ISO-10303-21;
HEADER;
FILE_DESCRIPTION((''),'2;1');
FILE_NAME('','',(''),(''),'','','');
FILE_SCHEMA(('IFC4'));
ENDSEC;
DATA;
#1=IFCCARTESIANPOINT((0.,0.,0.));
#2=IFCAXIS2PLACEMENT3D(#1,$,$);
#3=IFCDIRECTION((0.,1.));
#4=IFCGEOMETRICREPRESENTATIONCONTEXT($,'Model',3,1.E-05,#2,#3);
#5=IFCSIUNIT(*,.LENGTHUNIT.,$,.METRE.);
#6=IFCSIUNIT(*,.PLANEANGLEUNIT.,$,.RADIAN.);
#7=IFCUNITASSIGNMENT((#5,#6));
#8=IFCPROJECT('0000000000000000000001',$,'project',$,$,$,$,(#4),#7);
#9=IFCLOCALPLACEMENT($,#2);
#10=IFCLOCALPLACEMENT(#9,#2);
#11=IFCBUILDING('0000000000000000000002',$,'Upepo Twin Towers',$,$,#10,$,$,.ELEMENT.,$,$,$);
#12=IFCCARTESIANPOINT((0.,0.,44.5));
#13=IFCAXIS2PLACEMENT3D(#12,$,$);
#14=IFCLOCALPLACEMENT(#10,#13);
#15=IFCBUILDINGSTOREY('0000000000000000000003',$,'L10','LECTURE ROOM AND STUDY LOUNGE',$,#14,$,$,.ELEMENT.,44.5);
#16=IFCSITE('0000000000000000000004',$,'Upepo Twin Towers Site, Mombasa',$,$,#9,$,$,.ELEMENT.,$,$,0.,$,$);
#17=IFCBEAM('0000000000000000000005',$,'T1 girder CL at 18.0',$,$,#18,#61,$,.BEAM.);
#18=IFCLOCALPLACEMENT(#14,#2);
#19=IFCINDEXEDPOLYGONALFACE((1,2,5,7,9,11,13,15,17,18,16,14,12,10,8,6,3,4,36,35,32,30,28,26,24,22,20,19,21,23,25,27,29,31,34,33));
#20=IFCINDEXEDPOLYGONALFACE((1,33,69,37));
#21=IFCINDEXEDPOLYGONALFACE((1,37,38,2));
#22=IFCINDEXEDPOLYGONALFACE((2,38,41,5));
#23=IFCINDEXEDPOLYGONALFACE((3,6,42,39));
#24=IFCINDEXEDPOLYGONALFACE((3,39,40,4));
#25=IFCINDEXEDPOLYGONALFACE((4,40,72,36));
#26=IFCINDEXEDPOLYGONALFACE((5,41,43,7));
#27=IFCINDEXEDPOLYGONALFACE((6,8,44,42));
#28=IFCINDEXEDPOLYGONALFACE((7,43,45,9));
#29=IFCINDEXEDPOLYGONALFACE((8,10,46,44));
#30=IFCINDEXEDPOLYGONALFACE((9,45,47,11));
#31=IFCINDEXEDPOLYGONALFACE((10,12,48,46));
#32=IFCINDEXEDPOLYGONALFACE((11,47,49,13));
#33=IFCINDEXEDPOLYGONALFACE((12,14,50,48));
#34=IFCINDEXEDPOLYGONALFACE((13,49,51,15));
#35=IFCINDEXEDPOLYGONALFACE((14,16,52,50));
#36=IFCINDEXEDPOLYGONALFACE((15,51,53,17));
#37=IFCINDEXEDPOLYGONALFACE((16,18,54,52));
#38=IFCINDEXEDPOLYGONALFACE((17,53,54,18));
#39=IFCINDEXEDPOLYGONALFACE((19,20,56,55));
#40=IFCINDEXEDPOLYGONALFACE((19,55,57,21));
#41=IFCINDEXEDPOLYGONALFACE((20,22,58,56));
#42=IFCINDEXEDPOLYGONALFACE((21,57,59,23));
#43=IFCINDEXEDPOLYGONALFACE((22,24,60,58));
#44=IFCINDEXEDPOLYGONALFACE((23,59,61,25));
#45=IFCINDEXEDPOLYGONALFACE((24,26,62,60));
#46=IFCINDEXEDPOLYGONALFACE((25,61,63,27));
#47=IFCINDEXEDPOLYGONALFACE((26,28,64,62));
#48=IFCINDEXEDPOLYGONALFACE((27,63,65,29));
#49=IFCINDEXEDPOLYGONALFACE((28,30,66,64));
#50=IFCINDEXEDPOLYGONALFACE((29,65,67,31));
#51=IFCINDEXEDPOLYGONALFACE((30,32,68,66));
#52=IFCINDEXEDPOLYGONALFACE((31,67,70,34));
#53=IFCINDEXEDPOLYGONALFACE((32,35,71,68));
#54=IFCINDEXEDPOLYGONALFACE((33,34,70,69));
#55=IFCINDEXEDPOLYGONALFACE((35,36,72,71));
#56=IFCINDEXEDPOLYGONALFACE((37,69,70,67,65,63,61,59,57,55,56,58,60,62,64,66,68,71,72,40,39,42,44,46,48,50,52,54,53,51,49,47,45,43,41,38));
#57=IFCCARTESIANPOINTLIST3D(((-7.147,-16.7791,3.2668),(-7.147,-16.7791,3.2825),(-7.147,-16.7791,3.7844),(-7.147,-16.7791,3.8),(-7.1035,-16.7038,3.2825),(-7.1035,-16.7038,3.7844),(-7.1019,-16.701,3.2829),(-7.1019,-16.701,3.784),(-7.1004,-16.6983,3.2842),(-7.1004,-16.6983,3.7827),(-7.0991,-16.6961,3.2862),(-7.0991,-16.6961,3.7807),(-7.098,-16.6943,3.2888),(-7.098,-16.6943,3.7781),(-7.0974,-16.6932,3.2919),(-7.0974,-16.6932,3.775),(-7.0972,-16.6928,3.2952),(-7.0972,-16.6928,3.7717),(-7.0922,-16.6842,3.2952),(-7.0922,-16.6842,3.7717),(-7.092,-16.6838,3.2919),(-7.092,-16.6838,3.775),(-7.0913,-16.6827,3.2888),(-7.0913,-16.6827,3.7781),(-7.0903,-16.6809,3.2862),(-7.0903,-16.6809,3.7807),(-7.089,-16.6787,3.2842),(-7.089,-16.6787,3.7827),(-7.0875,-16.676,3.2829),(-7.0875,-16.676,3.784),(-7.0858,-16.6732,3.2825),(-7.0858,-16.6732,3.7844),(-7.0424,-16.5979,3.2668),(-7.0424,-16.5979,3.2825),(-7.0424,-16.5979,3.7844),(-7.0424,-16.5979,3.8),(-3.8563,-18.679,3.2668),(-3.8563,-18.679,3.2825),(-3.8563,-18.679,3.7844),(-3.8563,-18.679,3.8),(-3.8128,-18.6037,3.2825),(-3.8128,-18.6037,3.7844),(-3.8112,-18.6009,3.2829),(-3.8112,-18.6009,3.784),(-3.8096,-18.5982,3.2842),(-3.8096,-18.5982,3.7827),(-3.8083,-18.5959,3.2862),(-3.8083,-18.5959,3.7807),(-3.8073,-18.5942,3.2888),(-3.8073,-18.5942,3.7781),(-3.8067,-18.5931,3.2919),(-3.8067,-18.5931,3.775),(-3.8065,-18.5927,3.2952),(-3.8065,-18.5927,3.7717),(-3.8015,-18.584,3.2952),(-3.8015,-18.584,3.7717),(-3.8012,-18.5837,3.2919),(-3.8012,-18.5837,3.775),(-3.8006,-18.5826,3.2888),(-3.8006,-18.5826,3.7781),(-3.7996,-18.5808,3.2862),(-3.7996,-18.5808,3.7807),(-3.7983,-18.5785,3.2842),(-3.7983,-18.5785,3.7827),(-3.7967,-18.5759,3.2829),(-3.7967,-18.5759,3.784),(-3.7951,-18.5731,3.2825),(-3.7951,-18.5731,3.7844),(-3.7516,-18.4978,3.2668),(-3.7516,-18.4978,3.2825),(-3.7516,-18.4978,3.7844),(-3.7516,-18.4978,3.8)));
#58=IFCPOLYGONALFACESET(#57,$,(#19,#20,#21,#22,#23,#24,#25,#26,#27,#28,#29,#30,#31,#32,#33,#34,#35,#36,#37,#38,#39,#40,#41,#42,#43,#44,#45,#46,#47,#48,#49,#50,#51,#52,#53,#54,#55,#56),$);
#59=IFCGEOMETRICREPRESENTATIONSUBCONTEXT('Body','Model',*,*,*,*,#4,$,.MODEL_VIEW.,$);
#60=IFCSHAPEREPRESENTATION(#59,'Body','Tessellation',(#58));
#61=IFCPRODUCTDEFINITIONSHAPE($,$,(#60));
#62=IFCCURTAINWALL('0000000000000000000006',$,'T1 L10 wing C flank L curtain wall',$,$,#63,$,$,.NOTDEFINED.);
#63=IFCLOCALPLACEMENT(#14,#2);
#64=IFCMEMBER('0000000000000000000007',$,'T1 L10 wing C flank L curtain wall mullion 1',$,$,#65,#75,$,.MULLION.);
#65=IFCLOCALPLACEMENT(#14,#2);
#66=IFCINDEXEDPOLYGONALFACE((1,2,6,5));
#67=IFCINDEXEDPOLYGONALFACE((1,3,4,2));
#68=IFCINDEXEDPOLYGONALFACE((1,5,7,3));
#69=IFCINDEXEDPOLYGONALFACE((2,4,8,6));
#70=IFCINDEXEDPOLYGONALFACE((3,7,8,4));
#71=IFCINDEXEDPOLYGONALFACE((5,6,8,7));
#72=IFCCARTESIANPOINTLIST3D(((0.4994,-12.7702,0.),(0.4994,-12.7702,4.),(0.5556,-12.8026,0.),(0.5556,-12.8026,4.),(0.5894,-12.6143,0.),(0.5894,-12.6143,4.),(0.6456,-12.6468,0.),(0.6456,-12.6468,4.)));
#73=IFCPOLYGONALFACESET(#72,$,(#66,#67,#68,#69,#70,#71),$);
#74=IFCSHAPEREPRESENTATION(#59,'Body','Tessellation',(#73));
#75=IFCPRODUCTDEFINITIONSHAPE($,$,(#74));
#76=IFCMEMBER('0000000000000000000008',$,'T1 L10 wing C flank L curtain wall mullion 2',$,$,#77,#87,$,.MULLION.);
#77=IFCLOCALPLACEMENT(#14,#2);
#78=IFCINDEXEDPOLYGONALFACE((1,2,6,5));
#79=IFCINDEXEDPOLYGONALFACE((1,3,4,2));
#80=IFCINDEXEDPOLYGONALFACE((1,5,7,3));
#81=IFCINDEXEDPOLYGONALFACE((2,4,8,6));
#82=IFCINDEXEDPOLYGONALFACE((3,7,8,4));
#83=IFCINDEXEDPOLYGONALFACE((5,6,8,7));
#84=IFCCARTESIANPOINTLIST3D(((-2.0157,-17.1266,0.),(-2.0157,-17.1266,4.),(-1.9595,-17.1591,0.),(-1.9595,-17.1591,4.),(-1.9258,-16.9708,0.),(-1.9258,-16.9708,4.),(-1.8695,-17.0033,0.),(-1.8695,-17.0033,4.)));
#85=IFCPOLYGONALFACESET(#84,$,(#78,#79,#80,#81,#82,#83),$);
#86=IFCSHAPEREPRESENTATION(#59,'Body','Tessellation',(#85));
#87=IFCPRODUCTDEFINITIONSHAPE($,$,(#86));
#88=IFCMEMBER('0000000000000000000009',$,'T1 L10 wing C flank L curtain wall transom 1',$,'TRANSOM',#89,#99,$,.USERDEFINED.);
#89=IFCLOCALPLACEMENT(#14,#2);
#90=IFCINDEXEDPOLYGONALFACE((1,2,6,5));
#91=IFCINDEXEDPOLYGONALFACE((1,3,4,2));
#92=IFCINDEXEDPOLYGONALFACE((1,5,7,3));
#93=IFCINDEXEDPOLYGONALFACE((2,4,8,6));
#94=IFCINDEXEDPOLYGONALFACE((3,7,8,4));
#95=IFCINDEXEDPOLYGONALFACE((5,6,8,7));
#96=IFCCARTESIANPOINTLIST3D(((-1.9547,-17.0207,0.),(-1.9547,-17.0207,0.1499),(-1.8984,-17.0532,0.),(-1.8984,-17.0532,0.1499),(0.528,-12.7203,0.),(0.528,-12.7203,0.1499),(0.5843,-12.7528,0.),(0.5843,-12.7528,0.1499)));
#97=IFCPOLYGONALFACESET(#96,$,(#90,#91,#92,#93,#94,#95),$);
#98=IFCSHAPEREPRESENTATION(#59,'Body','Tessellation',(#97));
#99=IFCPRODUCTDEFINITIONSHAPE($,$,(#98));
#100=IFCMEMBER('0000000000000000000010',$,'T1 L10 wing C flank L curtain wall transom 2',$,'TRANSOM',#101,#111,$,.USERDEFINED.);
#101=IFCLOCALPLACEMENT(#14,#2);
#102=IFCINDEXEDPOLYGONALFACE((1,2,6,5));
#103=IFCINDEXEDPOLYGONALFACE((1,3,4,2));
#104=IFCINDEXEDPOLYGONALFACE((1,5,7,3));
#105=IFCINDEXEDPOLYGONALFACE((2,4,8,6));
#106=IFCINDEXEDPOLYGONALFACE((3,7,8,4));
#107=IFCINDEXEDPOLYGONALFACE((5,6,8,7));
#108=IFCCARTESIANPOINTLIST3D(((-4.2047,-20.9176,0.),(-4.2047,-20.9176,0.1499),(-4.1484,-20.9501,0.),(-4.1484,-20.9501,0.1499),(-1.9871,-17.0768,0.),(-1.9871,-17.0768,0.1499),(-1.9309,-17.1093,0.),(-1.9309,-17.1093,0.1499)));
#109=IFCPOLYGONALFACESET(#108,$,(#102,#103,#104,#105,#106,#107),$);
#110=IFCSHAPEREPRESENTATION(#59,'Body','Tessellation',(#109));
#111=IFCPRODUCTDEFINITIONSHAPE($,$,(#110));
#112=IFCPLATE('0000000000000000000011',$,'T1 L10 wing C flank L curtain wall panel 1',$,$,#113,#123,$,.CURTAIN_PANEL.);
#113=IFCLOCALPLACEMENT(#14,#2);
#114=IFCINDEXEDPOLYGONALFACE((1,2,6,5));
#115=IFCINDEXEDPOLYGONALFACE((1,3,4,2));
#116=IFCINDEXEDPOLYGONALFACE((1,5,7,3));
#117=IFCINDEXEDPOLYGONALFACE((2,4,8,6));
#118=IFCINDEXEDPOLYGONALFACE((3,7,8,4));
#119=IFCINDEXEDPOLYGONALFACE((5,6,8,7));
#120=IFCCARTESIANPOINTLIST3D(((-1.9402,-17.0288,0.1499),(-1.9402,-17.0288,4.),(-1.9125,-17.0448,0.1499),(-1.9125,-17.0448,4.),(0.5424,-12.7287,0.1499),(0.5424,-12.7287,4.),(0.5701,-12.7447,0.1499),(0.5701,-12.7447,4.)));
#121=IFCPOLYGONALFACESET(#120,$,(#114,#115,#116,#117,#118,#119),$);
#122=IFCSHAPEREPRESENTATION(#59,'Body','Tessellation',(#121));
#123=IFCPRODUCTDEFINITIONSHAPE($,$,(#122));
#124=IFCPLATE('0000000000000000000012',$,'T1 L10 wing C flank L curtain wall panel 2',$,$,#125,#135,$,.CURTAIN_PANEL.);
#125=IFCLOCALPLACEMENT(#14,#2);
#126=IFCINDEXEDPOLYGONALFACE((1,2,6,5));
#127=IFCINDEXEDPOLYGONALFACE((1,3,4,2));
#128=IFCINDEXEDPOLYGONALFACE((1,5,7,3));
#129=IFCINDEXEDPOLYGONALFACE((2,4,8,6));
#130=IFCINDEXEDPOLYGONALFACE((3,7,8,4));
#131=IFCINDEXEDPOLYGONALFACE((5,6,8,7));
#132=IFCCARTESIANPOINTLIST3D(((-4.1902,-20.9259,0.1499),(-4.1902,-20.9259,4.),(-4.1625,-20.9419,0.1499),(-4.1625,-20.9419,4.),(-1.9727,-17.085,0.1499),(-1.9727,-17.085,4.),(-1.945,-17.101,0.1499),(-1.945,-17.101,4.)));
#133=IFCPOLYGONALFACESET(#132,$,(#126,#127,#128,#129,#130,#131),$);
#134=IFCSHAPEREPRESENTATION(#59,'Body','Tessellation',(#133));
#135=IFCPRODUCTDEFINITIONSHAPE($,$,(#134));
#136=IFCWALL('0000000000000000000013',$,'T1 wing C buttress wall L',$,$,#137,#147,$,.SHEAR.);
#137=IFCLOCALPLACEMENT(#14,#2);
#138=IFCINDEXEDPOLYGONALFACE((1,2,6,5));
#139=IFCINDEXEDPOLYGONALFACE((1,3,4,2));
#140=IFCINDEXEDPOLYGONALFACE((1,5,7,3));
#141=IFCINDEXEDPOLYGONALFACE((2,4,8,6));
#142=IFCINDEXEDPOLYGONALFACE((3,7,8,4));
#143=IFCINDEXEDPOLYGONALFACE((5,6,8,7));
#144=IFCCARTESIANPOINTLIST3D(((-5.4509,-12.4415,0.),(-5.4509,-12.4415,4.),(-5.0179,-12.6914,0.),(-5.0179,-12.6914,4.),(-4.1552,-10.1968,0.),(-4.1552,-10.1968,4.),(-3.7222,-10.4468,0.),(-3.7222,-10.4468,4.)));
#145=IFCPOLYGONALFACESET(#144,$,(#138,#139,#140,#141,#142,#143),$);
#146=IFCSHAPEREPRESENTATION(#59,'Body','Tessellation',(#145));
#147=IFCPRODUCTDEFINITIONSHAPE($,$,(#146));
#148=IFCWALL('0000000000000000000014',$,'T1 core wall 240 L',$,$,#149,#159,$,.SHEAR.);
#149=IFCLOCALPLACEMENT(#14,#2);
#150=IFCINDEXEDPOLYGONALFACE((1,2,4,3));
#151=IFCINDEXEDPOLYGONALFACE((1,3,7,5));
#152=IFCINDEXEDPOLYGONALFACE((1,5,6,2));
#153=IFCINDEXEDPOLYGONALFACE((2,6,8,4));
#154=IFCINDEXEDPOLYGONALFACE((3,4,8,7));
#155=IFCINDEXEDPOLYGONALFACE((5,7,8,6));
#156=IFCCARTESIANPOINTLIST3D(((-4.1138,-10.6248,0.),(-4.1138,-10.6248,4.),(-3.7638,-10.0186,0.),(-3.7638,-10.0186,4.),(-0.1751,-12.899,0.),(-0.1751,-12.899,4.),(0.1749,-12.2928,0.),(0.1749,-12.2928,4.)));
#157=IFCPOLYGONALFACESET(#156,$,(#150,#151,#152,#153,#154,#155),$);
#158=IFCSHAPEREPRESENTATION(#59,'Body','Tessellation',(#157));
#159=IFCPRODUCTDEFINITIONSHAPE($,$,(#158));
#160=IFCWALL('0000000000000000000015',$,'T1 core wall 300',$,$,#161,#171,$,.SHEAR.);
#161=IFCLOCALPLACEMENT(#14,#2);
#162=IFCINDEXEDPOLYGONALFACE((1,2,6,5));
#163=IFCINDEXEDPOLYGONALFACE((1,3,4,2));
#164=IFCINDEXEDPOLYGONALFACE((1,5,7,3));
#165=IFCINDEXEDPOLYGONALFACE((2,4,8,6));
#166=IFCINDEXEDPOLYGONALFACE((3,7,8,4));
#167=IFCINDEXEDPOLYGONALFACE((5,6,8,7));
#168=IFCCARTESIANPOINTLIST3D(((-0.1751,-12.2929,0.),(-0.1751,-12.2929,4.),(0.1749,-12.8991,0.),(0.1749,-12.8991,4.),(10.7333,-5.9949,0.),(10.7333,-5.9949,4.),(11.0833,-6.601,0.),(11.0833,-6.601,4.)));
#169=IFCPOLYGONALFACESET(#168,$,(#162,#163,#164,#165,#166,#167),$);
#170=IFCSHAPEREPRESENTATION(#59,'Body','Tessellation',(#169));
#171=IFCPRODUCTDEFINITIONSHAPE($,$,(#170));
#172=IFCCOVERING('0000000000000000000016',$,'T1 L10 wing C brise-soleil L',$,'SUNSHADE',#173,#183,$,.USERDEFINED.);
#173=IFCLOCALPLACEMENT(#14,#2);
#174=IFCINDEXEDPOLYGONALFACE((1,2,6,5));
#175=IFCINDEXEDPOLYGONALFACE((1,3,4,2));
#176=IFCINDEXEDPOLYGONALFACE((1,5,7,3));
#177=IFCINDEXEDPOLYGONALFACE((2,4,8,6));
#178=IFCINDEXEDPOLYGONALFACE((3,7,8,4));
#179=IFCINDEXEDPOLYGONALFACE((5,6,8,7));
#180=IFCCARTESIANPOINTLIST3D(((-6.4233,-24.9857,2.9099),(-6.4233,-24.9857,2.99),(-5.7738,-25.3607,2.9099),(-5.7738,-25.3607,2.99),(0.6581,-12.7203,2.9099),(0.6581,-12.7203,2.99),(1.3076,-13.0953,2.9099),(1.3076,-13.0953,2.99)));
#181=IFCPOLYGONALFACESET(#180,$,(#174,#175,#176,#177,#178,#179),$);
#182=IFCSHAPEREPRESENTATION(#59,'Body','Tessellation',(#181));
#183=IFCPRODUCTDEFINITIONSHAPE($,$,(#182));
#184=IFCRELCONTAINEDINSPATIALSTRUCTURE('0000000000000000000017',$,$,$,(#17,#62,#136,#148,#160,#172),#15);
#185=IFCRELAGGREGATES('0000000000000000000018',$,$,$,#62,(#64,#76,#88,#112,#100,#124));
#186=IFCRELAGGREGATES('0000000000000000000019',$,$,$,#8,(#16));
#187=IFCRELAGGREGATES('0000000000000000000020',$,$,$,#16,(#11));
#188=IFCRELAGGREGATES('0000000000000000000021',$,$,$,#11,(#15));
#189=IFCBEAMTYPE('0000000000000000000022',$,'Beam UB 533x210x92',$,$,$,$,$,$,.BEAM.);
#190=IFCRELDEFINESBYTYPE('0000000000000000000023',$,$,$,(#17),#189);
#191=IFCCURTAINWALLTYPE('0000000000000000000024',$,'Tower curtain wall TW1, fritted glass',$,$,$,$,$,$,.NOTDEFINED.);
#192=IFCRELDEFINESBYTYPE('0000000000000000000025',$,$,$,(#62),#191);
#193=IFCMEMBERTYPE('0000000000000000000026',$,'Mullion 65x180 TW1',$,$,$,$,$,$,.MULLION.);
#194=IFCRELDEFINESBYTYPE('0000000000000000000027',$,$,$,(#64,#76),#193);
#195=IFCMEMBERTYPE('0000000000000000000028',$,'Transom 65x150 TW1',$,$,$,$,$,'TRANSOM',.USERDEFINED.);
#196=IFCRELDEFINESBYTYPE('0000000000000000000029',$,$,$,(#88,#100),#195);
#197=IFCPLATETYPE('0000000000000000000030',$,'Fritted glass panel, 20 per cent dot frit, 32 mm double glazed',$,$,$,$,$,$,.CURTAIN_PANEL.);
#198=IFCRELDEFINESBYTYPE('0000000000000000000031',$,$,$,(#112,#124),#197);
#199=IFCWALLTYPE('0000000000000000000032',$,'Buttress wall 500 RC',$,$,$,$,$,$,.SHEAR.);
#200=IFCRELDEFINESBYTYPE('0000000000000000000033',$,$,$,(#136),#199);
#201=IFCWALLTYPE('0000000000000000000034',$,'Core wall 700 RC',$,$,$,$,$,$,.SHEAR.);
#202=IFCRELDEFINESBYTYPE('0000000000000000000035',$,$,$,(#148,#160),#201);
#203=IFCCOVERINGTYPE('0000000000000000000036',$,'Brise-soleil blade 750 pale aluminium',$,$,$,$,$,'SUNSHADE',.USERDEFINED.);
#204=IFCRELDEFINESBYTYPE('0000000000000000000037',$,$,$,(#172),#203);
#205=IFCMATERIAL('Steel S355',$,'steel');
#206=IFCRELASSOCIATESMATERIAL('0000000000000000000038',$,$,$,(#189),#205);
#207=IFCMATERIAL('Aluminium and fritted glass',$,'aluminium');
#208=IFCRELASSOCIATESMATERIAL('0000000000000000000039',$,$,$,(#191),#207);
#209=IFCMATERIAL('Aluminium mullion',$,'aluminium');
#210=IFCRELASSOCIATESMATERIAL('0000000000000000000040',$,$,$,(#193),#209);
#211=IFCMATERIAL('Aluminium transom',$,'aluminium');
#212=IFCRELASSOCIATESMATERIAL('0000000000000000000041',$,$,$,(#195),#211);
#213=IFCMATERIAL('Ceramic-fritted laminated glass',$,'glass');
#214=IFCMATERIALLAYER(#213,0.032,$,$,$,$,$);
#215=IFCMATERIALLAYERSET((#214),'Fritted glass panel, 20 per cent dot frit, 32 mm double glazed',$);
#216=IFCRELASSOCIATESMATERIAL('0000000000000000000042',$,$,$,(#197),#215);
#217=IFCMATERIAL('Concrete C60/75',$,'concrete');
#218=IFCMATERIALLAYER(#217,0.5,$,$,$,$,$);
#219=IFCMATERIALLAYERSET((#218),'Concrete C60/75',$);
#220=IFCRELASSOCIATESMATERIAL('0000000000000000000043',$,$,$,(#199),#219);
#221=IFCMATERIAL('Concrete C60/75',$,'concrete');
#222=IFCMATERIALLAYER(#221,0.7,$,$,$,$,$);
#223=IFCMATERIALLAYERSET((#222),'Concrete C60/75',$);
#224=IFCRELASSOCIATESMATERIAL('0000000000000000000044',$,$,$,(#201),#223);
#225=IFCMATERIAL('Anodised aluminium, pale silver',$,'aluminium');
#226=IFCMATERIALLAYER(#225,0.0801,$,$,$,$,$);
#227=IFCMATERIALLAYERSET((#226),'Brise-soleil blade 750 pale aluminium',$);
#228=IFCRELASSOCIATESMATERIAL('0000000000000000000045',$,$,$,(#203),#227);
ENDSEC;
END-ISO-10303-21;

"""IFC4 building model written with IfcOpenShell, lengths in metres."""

from ifc_helpers import new_model, si_unit, direction, frame, frame_2d, origin, origin_2d, place, context, subcontext, project, spatial, rectangle, i_section, extrude, material, layer, layer_set, material_profile, profile_set, type_object, element, aggregate, save


model = new_model("IFC4")

# Units and contexts
model_context = context("Model", 3, precision=1e-05, world=origin(), true_north=direction((0.0, 1.0)))
body_context = subcontext(model_context, "Body", "Model", "MODEL_VIEW")
ifc_project = project(units=[si_unit("LENGTHUNIT", "METRE"), si_unit("PLANEANGLEUNIT", "RADIAN")], contexts=[model_context])

# Site, building, storey
site_placement = place(None, origin())
site = spatial("IfcSite", under=ifc_project, at=site_placement, Name="Upepo Twin Towers Site, Mombasa", CompositionType="ELEMENT", RefElevation=0.0)
building_placement = place(site_placement, origin())
building = spatial("IfcBuilding", under=site, at=building_placement, Name="Upepo Twin Towers", CompositionType="ELEMENT")
storey_placement = place(building_placement, frame((0.0, 0.0, 44.5)))
storey = spatial("IfcBuildingStorey", under=building, at=storey_placement, Name="L10", Description="LECTURE ROOM AND STUDY LOUNGE", CompositionType="ELEMENT", Elevation=44.5)

# Beam
ifc_material_1 = material(Name="Steel S355", Category="steel")
ifc_material_profile_1 = material_profile(ifc_material_1, i_section(OverallWidth=0.2092, OverallDepth=0.5332, WebThickness=0.01, FlangeThickness=0.0156, FilletRadius=0.0127, at=origin_2d()), Name="UB 533x210x92")
ifc_profile_set_1 = profile_set([ifc_material_profile_1], Name="Steel S355")
beam_type_1 = type_object("IfcBeamType", Name="Beam UB 533x210x92", PredefinedType="BEAM", material=ifc_profile_set_1)
beam_1_placement = place(storey_placement, frame((-3.804, -18.5884, 3.5334), z_axis=(-0.866028, 0.499995, 0.0), x_axis=(-0.499995, -0.866028, 0.0)))
element("IfcBeam", 1, at=beam_1_placement, inside=storey, type_object=beam_type_1, Name="T1 girder CL at 18.0", PredefinedType="BEAM", context=body_context, shape_type="SweptSolid", body=[
    extrude(i_section(OverallWidth=0.2092, OverallDepth=0.5332, WebThickness=0.01, FlangeThickness=0.0156, FilletRadius=0.0127, at=origin_2d()), origin(), (0.0, 0.0, 1.0), 3.7998),
])

# Curtain wall, members, plates
ifc_material_2 = material(Name="Aluminium and fritted glass", Category="aluminium")
curtain_wall_type = type_object("IfcCurtainWallType", Name="Tower curtain wall TW1, fritted glass", PredefinedType="NOTDEFINED", material=ifc_material_2)
curtain_wall_placement = place(storey_placement, origin())
curtain_wall = element("IfcCurtainWall", 2, at=curtain_wall_placement, inside=storey, type_object=curtain_wall_type, Name="T1 L10 wing C flank L curtain wall", PredefinedType="NOTDEFINED")
ifc_material_3 = material(Name="Aluminium mullion", Category="aluminium")
ifc_material_profile_2 = material_profile(ifc_material_3, rectangle(XDim=0.0649, YDim=0.1799, at=origin_2d()), Name="MULLION 65x180")
ifc_profile_set_2 = profile_set([ifc_material_profile_2], Name="Aluminium mullion")
member_type_1 = type_object("IfcMemberType", Name="Mullion 65x180 TW1", PredefinedType="MULLION", material=ifc_profile_set_2)
member_1_placement = place(storey_placement, frame((0.5725, -12.7085, 0.0), z_axis=(0.0, 0.0, 1.0), x_axis=(0.866025, -0.5, 0.0)))
member_1 = element("IfcMember", 3, at=member_1_placement, type_object=member_type_1, Name="T1 L10 wing C flank L curtain wall mullion 1", PredefinedType="MULLION", context=body_context, shape_type="SweptSolid", body=[
    extrude(rectangle(XDim=0.0649, YDim=0.1799, at=origin_2d()), origin(), (0.0, 0.0, 1.0), 4.0),
])
member_2_placement = place(storey_placement, frame((-1.9426, -17.0649, 0.0), z_axis=(0.0, 0.0, 1.0), x_axis=(0.866025, -0.5, 0.0)))
member_2 = element("IfcMember", 4, at=member_2_placement, type_object=member_type_1, Name="T1 L10 wing C flank L curtain wall mullion 2", PredefinedType="MULLION", context=body_context, shape_type="SweptSolid", body=[
    extrude(rectangle(XDim=0.0649, YDim=0.1799, at=origin_2d()), origin(), (0.0, 0.0, 1.0), 4.0),
])
ifc_material_4 = material(Name="Aluminium transom", Category="aluminium")
ifc_material_profile_3 = material_profile(ifc_material_4, rectangle(XDim=0.0649, YDim=0.1499, at=origin_2d()), Name="TRANSOM 65x150")
ifc_profile_set_3 = profile_set([ifc_material_profile_3], Name="Aluminium transom")
member_type_2 = type_object("IfcMemberType", Name="Transom 65x150 TW1", ElementType="TRANSOM", PredefinedType="USERDEFINED", material=ifc_profile_set_3)
member_3_placement = place(storey_placement, frame((0.5562, -12.7366, 0.075), z_axis=(-0.499983, -0.866035, 0.0), x_axis=(0.866035, -0.499983, 0.0)))
member_3 = element("IfcMember", 5, at=member_3_placement, type_object=member_type_2, Name="T1 L10 wing C flank L curtain wall transom 1", ObjectType="TRANSOM", PredefinedType="USERDEFINED", context=body_context, shape_type="SweptSolid", body=[
    extrude(rectangle(XDim=0.0649, YDim=0.1499, at=origin_2d()), origin(), (0.0, 0.0, 1.0), 4.9656),
])
member_4_placement = place(storey_placement, frame((-1.959, -17.093, 0.075), z_axis=(-0.500005, -0.866022, 0.0), x_axis=(0.866022, -0.500005, 0.0)))
member_4 = element("IfcMember", 6, at=member_4_placement, type_object=member_type_2, Name="T1 L10 wing C flank L curtain wall transom 2", ObjectType="TRANSOM", PredefinedType="USERDEFINED", context=body_context, shape_type="SweptSolid", body=[
    extrude(rectangle(XDim=0.0649, YDim=0.1499, at=origin_2d()), origin(), (0.0, 0.0, 1.0), 4.4351),
])
ifc_material_5 = material(Name="Ceramic-fritted laminated glass", Category="glass")
ifc_layer_1 = layer(ifc_material_5, 0.032)
ifc_layer_set_1 = layer_set([ifc_layer_1], Name="Fritted glass panel, 20 per cent dot frit, 32 mm double glazed")
plate_type = type_object("IfcPlateType", Name="Fritted glass panel, 20 per cent dot frit, 32 mm double glazed", PredefinedType="CURTAIN_PANEL", material=ifc_layer_set_1)
plate_1_placement = place(storey_placement, frame((-0.6851, -14.8867, 0.1499), z_axis=(0.0, 0.0, 1.0), x_axis=(-0.5, -0.866025, 0.0)))
plate_1 = element("IfcPlate", 7, at=plate_1_placement, type_object=plate_type, Name="T1 L10 wing C flank L curtain wall panel 1", PredefinedType="CURTAIN_PANEL", context=body_context, shape_type="SweptSolid", body=[
    extrude(rectangle(XDim=4.9653, YDim=0.032, at=origin_2d()), origin(), (0.0, 0.0, 1.0), 3.8501),
])
plate_2_placement = place(storey_placement, frame((-3.0676, -19.0134, 0.1499), z_axis=(0.0, 0.0, 1.0), x_axis=(-0.5, -0.866025, 0.0)))
plate_2 = element("IfcPlate", 8, at=plate_2_placement, type_object=plate_type, Name="T1 L10 wing C flank L curtain wall panel 2", PredefinedType="CURTAIN_PANEL", context=body_context, shape_type="SweptSolid", body=[
    extrude(rectangle(XDim=4.4351, YDim=0.032, at=origin_2d()), origin(), (0.0, 0.0, 1.0), 3.8501),
])
aggregate(curtain_wall, [member_1, member_2, member_3, plate_1, member_4, plate_2])

# Walls
ifc_material_6 = material(Name="Concrete C60/75", Category="concrete")
ifc_layer_2 = layer(ifc_material_6, 0.5)
ifc_layer_set_2 = layer_set([ifc_layer_2], Name="Concrete C60/75")
wall_type_1 = type_object("IfcWallType", Name="Buttress wall 500 RC", PredefinedType="SHEAR", material=ifc_layer_set_2)
wall_1_placement = place(storey_placement, frame((-3.9387, -10.3218, 0.0), z_axis=(0.0, 0.0, 1.0), x_axis=(-0.499918, -0.866073, 0.0)))
element("IfcWall", 9, at=wall_1_placement, inside=storey, type_object=wall_type_1, Name="T1 wing C buttress wall L", PredefinedType="SHEAR", context=body_context, shape_type="SweptSolid", body=[
    extrude(rectangle(XDim=2.5918, YDim=0.5, at=frame_2d((1.2959, 0.0))), origin(), (0.0, 0.0, 1.0), 4.0),
])
ifc_material_7 = material(Name="Concrete C60/75", Category="concrete")
ifc_layer_3 = layer(ifc_material_7, 0.7)
ifc_layer_set_3 = layer_set([ifc_layer_3], Name="Concrete C60/75")
wall_type_2 = type_object("IfcWallType", Name="Core wall 700 RC", PredefinedType="SHEAR", material=ifc_layer_set_3)
wall_2_placement = place(storey_placement, frame((-3.9387, -10.3218, 0.0), z_axis=(0.0, 0.0, 1.0), x_axis=(0.866011, -0.500024, 0.0)))
element("IfcWall", 10, at=wall_2_placement, inside=storey, type_object=wall_type_2, Name="T1 core wall 240 L", PredefinedType="SHEAR", context=body_context, shape_type="SweptSolid", body=[
    extrude(rectangle(XDim=4.5481, YDim=0.7, at=frame_2d((2.2739, 0.0))), origin(), (0.0, 0.0, 1.0), 4.0),
])
wall_3_placement = place(storey_placement, frame((0.0, -12.5959, 0.0), z_axis=(0.0, 0.0, 1.0), x_axis=(0.866022, 0.500006, 0.0)))
element("IfcWall", 11, at=wall_3_placement, inside=storey, type_object=wall_type_2, Name="T1 core wall 300", PredefinedType="SHEAR", context=body_context, shape_type="SweptSolid", body=[
    extrude(rectangle(XDim=12.5959, YDim=0.7, at=frame_2d((6.2979, 0.0))), origin(), (0.0, 0.0, 1.0), 4.0),
])

# Covering
ifc_material_8 = material(Name="Anodised aluminium, pale silver", Category="aluminium")
ifc_layer_4 = layer(ifc_material_8, 0.0801)
ifc_layer_set_4 = layer_set([ifc_layer_4], Name="Brise-soleil blade 750 pale aluminium")
covering_type = type_object("IfcCoveringType", Name="Brise-soleil blade 750 pale aluminium", ElementType="SUNSHADE", PredefinedType="USERDEFINED", material=ifc_layer_set_4)
covering_placement = place(storey_placement, frame((-2.5579, -19.0405, 2.9099), z_axis=(0.0, 0.0, 1.0), x_axis=(-0.5, -0.866025, 0.0)))
element("IfcCovering", 12, at=covering_placement, inside=storey, type_object=covering_type, Name="T1 L10 wing C brise-soleil L", ObjectType="SUNSHADE", PredefinedType="USERDEFINED", context=body_context, shape_type="SweptSolid", body=[
    extrude(rectangle(XDim=14.1628, YDim=0.75, at=origin_2d()), origin(), (0.0, 0.0, 1.0), 0.0801),
])

save(model, "model.ifc")
